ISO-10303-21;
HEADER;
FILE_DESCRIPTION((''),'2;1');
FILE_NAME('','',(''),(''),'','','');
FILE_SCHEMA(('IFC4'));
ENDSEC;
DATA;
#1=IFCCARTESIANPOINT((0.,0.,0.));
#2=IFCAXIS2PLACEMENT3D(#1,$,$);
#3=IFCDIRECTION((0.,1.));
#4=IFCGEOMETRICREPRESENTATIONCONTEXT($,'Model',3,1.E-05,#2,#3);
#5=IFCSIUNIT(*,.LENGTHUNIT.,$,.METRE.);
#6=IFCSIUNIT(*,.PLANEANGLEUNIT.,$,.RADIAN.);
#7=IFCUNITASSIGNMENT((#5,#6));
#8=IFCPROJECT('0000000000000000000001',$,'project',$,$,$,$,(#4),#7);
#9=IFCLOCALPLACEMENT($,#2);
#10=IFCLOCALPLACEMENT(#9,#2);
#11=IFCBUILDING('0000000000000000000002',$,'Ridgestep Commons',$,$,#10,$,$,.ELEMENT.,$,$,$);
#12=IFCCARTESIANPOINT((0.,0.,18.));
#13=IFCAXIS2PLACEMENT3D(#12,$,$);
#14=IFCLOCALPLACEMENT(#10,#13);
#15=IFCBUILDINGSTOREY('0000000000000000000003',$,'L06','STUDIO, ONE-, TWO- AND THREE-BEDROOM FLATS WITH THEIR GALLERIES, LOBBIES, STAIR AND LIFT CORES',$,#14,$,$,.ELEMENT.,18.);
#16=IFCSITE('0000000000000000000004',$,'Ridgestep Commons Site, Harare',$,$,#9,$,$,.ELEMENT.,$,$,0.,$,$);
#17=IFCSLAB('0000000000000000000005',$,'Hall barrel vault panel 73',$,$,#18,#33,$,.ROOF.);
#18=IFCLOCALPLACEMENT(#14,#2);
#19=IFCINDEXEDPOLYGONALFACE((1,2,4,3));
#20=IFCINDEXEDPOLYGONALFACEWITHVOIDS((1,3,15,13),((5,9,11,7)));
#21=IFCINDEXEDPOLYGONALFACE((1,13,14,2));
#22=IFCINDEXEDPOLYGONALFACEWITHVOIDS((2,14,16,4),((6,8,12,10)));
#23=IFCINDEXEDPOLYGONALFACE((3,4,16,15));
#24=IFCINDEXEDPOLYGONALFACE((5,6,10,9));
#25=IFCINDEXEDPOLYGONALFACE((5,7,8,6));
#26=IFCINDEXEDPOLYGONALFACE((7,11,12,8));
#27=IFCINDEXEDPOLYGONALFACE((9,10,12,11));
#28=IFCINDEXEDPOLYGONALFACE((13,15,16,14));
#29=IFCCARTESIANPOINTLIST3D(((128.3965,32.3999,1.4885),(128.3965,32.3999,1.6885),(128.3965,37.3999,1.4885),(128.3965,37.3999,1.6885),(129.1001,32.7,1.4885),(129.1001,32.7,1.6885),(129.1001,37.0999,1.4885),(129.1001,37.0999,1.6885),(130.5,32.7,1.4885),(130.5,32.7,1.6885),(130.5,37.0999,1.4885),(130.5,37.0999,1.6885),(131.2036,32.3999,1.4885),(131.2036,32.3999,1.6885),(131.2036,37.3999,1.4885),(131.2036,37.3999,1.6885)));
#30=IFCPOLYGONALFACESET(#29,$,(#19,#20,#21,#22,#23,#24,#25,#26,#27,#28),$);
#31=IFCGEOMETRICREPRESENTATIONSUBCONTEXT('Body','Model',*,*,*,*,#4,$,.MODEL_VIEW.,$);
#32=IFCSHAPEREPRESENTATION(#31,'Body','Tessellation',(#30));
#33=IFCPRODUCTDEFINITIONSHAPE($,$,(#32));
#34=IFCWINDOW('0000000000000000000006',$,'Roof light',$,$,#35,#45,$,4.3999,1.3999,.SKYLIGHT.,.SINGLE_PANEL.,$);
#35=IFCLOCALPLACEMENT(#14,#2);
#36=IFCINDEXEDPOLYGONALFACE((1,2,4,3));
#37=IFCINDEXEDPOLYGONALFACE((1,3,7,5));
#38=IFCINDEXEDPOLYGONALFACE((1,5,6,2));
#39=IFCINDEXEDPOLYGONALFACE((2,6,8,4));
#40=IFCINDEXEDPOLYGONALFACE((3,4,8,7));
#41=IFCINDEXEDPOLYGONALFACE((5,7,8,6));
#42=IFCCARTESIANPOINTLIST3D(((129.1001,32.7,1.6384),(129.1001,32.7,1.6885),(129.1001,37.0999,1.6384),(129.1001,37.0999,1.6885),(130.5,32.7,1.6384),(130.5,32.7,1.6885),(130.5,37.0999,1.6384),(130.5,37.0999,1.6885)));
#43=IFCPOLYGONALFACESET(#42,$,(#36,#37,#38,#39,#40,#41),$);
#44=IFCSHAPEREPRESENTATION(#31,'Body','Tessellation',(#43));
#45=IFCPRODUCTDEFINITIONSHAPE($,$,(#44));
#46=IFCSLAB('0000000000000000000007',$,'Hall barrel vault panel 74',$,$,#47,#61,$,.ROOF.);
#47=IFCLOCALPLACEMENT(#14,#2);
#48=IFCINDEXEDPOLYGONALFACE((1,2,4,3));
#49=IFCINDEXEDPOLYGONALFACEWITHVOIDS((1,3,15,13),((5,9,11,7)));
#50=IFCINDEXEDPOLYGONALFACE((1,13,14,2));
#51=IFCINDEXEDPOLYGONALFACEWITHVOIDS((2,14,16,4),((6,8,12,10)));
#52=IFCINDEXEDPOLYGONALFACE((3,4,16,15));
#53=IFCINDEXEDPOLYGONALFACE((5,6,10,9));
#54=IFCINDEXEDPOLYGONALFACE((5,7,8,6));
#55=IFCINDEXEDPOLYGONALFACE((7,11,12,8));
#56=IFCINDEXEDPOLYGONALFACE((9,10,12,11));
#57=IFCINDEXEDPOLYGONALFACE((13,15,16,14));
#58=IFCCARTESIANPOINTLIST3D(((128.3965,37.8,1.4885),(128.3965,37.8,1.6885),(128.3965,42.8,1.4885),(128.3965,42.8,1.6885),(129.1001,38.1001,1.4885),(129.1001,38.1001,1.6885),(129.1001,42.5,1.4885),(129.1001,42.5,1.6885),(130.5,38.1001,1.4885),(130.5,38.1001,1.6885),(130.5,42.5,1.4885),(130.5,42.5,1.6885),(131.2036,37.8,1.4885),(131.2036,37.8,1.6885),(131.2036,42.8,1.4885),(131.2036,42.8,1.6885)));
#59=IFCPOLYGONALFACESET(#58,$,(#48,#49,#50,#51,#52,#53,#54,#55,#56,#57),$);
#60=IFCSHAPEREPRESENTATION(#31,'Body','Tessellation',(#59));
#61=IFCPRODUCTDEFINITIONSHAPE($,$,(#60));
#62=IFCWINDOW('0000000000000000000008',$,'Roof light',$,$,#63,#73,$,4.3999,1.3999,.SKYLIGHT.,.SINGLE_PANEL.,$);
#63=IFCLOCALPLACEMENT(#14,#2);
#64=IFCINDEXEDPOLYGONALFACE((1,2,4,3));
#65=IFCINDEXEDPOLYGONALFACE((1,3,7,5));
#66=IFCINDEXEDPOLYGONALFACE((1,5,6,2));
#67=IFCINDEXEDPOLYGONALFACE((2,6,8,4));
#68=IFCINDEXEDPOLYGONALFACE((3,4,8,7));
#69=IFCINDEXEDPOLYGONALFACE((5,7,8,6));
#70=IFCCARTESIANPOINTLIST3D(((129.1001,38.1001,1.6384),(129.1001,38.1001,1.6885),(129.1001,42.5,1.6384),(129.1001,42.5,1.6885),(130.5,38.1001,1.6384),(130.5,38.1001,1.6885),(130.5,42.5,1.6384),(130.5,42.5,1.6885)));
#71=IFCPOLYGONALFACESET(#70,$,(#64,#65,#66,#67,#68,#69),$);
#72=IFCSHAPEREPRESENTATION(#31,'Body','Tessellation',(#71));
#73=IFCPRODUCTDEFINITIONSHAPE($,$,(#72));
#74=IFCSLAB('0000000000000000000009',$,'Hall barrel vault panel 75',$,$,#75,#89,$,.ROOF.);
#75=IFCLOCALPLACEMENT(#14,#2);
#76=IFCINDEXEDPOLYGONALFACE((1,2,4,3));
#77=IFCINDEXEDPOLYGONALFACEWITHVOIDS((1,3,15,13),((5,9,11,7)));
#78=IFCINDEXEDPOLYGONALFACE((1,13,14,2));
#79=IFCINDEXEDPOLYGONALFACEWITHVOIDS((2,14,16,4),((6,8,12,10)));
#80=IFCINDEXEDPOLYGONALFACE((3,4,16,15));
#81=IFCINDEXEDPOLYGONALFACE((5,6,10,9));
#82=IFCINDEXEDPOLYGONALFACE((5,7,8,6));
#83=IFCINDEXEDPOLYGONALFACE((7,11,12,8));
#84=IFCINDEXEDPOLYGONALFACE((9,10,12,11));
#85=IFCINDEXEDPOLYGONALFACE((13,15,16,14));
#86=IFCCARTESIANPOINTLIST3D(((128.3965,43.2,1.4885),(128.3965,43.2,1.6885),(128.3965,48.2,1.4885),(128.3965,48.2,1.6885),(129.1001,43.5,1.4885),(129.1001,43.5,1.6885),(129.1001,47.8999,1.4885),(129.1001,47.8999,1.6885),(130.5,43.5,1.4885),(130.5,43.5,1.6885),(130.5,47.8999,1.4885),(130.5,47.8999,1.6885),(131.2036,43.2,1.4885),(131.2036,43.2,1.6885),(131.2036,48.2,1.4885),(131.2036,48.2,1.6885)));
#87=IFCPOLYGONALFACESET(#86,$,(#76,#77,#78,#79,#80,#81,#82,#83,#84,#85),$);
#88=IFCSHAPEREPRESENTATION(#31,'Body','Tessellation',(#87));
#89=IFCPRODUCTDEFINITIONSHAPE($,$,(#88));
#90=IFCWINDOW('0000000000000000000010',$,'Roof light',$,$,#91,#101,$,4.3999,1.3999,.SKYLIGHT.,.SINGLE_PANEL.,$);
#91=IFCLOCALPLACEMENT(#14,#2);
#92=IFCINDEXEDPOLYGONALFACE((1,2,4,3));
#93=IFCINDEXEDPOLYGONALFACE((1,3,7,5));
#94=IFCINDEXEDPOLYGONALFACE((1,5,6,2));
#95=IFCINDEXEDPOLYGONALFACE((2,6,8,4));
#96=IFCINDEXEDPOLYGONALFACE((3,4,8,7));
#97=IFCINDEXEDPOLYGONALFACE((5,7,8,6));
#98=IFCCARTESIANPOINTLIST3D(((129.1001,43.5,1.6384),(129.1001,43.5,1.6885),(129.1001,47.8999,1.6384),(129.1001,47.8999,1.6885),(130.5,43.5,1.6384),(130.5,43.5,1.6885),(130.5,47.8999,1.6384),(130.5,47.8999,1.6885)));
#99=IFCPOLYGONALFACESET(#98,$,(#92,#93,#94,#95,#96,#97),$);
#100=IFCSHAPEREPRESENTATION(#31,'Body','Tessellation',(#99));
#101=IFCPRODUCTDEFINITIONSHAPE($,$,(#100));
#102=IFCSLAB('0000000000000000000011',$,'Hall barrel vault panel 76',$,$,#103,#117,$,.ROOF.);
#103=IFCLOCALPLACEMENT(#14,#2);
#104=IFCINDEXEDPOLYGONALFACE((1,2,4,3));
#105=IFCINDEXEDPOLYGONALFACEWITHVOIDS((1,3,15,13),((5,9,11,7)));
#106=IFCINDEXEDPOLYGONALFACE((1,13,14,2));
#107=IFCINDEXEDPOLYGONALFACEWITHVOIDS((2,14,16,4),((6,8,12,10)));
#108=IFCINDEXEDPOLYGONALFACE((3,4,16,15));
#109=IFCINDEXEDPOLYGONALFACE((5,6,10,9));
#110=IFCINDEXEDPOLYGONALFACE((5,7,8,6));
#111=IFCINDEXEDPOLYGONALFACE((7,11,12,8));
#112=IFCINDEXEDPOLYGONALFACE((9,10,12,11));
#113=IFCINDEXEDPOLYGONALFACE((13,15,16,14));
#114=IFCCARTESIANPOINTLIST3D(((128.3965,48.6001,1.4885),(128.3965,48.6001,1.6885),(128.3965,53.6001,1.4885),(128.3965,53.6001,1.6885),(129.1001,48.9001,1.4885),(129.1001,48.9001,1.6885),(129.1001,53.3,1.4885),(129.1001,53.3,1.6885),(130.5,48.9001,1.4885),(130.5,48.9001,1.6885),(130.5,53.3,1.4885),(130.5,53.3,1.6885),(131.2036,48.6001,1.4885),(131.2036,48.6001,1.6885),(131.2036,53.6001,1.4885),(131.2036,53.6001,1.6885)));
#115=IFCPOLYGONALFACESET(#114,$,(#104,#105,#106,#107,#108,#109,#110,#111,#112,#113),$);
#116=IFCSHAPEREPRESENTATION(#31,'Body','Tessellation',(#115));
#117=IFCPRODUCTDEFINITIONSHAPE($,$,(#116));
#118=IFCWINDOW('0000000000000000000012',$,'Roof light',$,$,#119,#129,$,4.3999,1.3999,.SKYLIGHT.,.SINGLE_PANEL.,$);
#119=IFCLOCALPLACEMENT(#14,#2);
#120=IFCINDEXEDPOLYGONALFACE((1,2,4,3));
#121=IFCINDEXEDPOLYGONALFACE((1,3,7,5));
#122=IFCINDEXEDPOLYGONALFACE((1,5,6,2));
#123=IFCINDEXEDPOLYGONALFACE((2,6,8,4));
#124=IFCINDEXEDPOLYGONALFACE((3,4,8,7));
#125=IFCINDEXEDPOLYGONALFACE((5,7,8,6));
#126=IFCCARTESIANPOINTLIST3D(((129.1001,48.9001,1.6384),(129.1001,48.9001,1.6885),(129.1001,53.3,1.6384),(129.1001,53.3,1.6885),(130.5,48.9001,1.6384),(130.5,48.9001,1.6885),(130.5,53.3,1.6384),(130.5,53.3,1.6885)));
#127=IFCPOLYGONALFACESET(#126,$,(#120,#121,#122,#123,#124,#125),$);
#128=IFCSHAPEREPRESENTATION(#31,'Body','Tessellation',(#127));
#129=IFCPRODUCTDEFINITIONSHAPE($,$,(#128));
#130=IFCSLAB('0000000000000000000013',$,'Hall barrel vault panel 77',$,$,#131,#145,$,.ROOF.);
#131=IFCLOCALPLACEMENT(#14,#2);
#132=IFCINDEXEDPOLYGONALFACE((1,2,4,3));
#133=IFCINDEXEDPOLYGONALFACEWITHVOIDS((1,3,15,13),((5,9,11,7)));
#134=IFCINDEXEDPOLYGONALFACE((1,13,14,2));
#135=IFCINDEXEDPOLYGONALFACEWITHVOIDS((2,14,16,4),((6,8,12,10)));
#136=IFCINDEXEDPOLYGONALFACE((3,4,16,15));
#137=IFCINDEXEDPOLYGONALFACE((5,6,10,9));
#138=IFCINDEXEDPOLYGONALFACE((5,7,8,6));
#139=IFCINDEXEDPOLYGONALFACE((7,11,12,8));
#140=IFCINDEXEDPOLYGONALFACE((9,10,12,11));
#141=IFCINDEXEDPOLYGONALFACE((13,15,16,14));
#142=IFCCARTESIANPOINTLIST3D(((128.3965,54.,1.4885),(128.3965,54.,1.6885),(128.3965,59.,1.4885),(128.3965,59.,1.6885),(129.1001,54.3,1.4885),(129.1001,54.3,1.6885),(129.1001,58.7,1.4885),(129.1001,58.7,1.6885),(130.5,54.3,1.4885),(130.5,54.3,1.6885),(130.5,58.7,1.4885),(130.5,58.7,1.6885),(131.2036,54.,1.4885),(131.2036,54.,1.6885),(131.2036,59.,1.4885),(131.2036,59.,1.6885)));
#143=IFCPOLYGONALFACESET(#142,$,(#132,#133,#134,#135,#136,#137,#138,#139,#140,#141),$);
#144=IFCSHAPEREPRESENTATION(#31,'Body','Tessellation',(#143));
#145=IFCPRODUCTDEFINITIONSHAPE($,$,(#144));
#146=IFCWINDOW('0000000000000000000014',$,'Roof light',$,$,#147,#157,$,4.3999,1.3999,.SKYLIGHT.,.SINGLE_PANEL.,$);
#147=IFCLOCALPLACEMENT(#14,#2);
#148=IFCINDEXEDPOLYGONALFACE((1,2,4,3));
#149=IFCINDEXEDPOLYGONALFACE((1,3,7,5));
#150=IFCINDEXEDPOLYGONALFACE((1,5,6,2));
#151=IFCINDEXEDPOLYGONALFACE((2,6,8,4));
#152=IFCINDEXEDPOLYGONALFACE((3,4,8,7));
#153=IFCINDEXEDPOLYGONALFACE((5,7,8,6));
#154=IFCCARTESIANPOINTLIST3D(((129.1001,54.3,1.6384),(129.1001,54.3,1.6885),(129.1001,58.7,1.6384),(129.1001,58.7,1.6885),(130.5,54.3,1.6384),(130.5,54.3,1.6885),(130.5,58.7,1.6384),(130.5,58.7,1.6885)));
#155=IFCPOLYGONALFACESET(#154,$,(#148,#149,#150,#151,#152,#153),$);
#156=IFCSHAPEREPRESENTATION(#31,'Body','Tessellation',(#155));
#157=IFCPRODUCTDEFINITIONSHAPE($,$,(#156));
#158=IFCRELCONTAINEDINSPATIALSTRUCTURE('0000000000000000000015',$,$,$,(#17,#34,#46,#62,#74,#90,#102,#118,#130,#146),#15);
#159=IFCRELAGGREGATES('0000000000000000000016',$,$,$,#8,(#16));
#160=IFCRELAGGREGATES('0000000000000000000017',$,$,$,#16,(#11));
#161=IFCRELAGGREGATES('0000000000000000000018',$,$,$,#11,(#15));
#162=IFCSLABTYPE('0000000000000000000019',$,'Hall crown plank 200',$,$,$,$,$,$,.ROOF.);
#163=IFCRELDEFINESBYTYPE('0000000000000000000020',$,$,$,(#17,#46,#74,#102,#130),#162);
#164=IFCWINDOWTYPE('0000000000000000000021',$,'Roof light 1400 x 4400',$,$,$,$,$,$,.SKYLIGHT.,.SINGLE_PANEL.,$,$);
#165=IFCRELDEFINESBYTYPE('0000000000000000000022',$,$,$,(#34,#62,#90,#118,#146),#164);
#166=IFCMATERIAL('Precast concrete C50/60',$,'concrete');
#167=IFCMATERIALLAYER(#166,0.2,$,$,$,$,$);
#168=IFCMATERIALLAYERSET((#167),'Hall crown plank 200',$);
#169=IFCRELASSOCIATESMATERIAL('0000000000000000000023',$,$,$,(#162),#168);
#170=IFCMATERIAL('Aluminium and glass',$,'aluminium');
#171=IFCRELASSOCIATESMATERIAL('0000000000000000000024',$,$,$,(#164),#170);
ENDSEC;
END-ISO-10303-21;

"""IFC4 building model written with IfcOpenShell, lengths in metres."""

from ifc_helpers import new_model, si_unit, direction, frame, origin, origin_2d, place, context, subcontext, project, spatial, polyline, rectangle, outline, extrude, material, layer, layer_set, type_object, element, fill, save


model = new_model("IFC4")

# Units and contexts
model_context = context("Model", 3, precision=1e-05, world=origin(), true_north=direction((0.0, 1.0)))
body_context = subcontext(model_context, "Body", "Model", "MODEL_VIEW")
ifc_project = project(units=[si_unit("LENGTHUNIT", "METRE"), si_unit("PLANEANGLEUNIT", "RADIAN")], contexts=[model_context])

# Site, building, storey
site_placement = place(None, origin())
site = spatial("IfcSite", under=ifc_project, at=site_placement, Name="Ridgestep Commons Site, Harare", CompositionType="ELEMENT", RefElevation=0.0)
building_placement = place(site_placement, origin())
building = spatial("IfcBuilding", under=site, at=building_placement, Name="Ridgestep Commons", CompositionType="ELEMENT")
storey_placement = place(building_placement, frame((0.0, 0.0, 18.0)))
storey = spatial("IfcBuildingStorey", under=building, at=storey_placement, Name="L06", Description="STUDIO, ONE-, TWO- AND THREE-BEDROOM FLATS WITH THEIR GALLERIES, LOBBIES, STAIR AND LIFT CORES", CompositionType="ELEMENT", Elevation=18.0)

# Slabs, openings, windows
ifc_material_1 = material(Name="Precast concrete C50/60", Category="concrete")
ifc_layer_1 = layer(ifc_material_1, 0.2)
ifc_layer_set_1 = layer_set([ifc_layer_1], Name="Hall crown plank 200")
slab_type_1 = type_object("IfcSlabType", Name="Hall crown plank 200", PredefinedType="ROOF", material=ifc_layer_set_1)
slab_1_placement = place(storey_placement, frame((0.0, 0.0, 1.4885)))
slab_1 = element("IfcSlab", 1, at=slab_1_placement, inside=storey, type_object=slab_type_1, Name="Hall barrel vault panel 73", PredefinedType="ROOF", context=body_context, shape_type="SweptSolid", body=[
    extrude(outline(polyline([(128.3965, 32.3999), (131.2036, 32.3999), (131.2036, 37.3999), (128.3965, 37.3999), (128.3965, 32.3999)])), origin(), (0.0, 0.0, 1.0), 0.2),
])
opening_1_placement = place(slab_1_placement, frame((129.8, 34.8999, 0.0)))
opening_1 = element("IfcOpeningElement", 2, at=opening_1_placement, cuts=slab_1, PredefinedType="OPENING", context=body_context, shape_type="SweptSolid", body=[
    extrude(rectangle(XDim=1.3999, YDim=4.3999, at=origin_2d()), origin(), (0.0, 0.0, 1.0), 0.2),
])
ifc_material_2 = material(Name="Aluminium and glass", Category="aluminium")
window_type = type_object("IfcWindowType", Name="Roof light 1400 x 4400", PartitioningType="SINGLE_PANEL", PredefinedType="SKYLIGHT", material=ifc_material_2)
window_1_placement = place(opening_1_placement, frame((0.0, 0.0, 0.1499)))
window_1 = element("IfcWindow", 3, at=window_1_placement, inside=storey, type_object=window_type, Name="Roof light", OverallHeight=4.3999, OverallWidth=1.3999, PartitioningType="SINGLE_PANEL", PredefinedType="SKYLIGHT", context=body_context, shape_type="SweptSolid", body=[
    extrude(rectangle(XDim=1.3999, YDim=4.3999, at=origin_2d()), origin(), (0.0, 0.0, 1.0), 0.05),
])
fill(opening_1, window_1)
slab_2_placement = place(storey_placement, frame((0.0, 0.0, 1.4885)))
slab_2 = element("IfcSlab", 4, at=slab_2_placement, inside=storey, type_object=slab_type_1, Name="Hall barrel vault panel 74", PredefinedType="ROOF", context=body_context, shape_type="SweptSolid", body=[
    extrude(outline(polyline([(128.3965, 37.8), (131.2036, 37.8), (131.2036, 42.8), (128.3965, 42.8), (128.3965, 37.8)])), origin(), (0.0, 0.0, 1.0), 0.2),
])
opening_2_placement = place(slab_2_placement, frame((129.8, 40.3, 0.0)))
opening_2 = element("IfcOpeningElement", 5, at=opening_2_placement, cuts=slab_2, PredefinedType="OPENING", context=body_context, shape_type="SweptSolid", body=[
    extrude(rectangle(XDim=1.3999, YDim=4.3999, at=origin_2d()), origin(), (0.0, 0.0, 1.0), 0.2),
])
window_2_placement = place(opening_2_placement, frame((0.0, 0.0, 0.1499)))
window_2 = element("IfcWindow", 6, at=window_2_placement, inside=storey, type_object=window_type, Name="Roof light", OverallHeight=4.3999, OverallWidth=1.3999, PartitioningType="SINGLE_PANEL", PredefinedType="SKYLIGHT", context=body_context, shape_type="SweptSolid", body=[
    extrude(rectangle(XDim=1.3999, YDim=4.3999, at=origin_2d()), origin(), (0.0, 0.0, 1.0), 0.05),
])
fill(opening_2, window_2)
slab_3_placement = place(storey_placement, frame((0.0, 0.0, 1.4885)))
slab_3 = element("IfcSlab", 7, at=slab_3_placement, inside=storey, type_object=slab_type_1, Name="Hall barrel vault panel 75", PredefinedType="ROOF", context=body_context, shape_type="SweptSolid", body=[
    extrude(outline(polyline([(128.3965, 43.2), (131.2036, 43.2), (131.2036, 48.2), (128.3965, 48.2), (128.3965, 43.2)])), origin(), (0.0, 0.0, 1.0), 0.2),
])
opening_3_placement = place(slab_3_placement, frame((129.8, 45.7, 0.0)))
opening_3 = element("IfcOpeningElement", 8, at=opening_3_placement, cuts=slab_3, PredefinedType="OPENING", context=body_context, shape_type="SweptSolid", body=[
    extrude(rectangle(XDim=1.3999, YDim=4.3999, at=origin_2d()), origin(), (0.0, 0.0, 1.0), 0.2),
])
window_3_placement = place(opening_3_placement, frame((0.0, 0.0, 0.1499)))
window_3 = element("IfcWindow", 9, at=window_3_placement, inside=storey, type_object=window_type, Name="Roof light", OverallHeight=4.3999, OverallWidth=1.3999, PartitioningType="SINGLE_PANEL", PredefinedType="SKYLIGHT", context=body_context, shape_type="SweptSolid", body=[
    extrude(rectangle(XDim=1.3999, YDim=4.3999, at=origin_2d()), origin(), (0.0, 0.0, 1.0), 0.05),
])
fill(opening_3, window_3)
slab_4_placement = place(storey_placement, frame((0.0, 0.0, 1.4885)))
slab_4 = element("IfcSlab", 10, at=slab_4_placement, inside=storey, type_object=slab_type_1, Name="Hall barrel vault panel 76", PredefinedType="ROOF", context=body_context, shape_type="SweptSolid", body=[
    extrude(outline(polyline([(128.3965, 48.6001), (131.2036, 48.6001), (131.2036, 53.6001), (128.3965, 53.6001), (128.3965, 48.6001)])), origin(), (0.0, 0.0, 1.0), 0.2),
])
opening_4_placement = place(slab_4_placement, frame((129.8, 51.1001, 0.0)))
opening_4 = element("IfcOpeningElement", 11, at=opening_4_placement, cuts=slab_4, PredefinedType="OPENING", context=body_context, shape_type="SweptSolid", body=[
    extrude(rectangle(XDim=1.3999, YDim=4.3999, at=origin_2d()), origin(), (0.0, 0.0, 1.0), 0.2),
])
window_4_placement = place(opening_4_placement, frame((0.0, 0.0, 0.1499)))
window_4 = element("IfcWindow", 12, at=window_4_placement, inside=storey, type_object=window_type, Name="Roof light", OverallHeight=4.3999, OverallWidth=1.3999, PartitioningType="SINGLE_PANEL", PredefinedType="SKYLIGHT", context=body_context, shape_type="SweptSolid", body=[
    extrude(rectangle(XDim=1.3999, YDim=4.3999, at=origin_2d()), origin(), (0.0, 0.0, 1.0), 0.05),
])
fill(opening_4, window_4)
slab_5_placement = place(storey_placement, frame((0.0, 0.0, 1.4885)))
slab_5 = element("IfcSlab", 13, at=slab_5_placement, inside=storey, type_object=slab_type_1, Name="Hall barrel vault panel 77", PredefinedType="ROOF", context=body_context, shape_type="SweptSolid", body=[
    extrude(outline(polyline([(128.3965, 54.0), (131.2036, 54.0), (131.2036, 59.0), (128.3965, 59.0), (128.3965, 54.0)])), origin(), (0.0, 0.0, 1.0), 0.2),
])
opening_5_placement = place(slab_5_placement, frame((129.8, 56.5, 0.0)))
opening_5 = element("IfcOpeningElement", 14, at=opening_5_placement, cuts=slab_5, PredefinedType="OPENING", context=body_context, shape_type="SweptSolid", body=[
    extrude(rectangle(XDim=1.3999, YDim=4.3999, at=origin_2d()), origin(), (0.0, 0.0, 1.0), 0.2),
])
window_5_placement = place(opening_5_placement, frame((0.0, 0.0, 0.1499)))
window_5 = element("IfcWindow", 15, at=window_5_placement, inside=storey, type_object=window_type, Name="Roof light", OverallHeight=4.3999, OverallWidth=1.3999, PartitioningType="SINGLE_PANEL", PredefinedType="SKYLIGHT", context=body_context, shape_type="SweptSolid", body=[
    extrude(rectangle(XDim=1.3999, YDim=4.3999, at=origin_2d()), origin(), (0.0, 0.0, 1.0), 0.05),
])
fill(opening_5, window_5)

save(model, "model.ifc")
